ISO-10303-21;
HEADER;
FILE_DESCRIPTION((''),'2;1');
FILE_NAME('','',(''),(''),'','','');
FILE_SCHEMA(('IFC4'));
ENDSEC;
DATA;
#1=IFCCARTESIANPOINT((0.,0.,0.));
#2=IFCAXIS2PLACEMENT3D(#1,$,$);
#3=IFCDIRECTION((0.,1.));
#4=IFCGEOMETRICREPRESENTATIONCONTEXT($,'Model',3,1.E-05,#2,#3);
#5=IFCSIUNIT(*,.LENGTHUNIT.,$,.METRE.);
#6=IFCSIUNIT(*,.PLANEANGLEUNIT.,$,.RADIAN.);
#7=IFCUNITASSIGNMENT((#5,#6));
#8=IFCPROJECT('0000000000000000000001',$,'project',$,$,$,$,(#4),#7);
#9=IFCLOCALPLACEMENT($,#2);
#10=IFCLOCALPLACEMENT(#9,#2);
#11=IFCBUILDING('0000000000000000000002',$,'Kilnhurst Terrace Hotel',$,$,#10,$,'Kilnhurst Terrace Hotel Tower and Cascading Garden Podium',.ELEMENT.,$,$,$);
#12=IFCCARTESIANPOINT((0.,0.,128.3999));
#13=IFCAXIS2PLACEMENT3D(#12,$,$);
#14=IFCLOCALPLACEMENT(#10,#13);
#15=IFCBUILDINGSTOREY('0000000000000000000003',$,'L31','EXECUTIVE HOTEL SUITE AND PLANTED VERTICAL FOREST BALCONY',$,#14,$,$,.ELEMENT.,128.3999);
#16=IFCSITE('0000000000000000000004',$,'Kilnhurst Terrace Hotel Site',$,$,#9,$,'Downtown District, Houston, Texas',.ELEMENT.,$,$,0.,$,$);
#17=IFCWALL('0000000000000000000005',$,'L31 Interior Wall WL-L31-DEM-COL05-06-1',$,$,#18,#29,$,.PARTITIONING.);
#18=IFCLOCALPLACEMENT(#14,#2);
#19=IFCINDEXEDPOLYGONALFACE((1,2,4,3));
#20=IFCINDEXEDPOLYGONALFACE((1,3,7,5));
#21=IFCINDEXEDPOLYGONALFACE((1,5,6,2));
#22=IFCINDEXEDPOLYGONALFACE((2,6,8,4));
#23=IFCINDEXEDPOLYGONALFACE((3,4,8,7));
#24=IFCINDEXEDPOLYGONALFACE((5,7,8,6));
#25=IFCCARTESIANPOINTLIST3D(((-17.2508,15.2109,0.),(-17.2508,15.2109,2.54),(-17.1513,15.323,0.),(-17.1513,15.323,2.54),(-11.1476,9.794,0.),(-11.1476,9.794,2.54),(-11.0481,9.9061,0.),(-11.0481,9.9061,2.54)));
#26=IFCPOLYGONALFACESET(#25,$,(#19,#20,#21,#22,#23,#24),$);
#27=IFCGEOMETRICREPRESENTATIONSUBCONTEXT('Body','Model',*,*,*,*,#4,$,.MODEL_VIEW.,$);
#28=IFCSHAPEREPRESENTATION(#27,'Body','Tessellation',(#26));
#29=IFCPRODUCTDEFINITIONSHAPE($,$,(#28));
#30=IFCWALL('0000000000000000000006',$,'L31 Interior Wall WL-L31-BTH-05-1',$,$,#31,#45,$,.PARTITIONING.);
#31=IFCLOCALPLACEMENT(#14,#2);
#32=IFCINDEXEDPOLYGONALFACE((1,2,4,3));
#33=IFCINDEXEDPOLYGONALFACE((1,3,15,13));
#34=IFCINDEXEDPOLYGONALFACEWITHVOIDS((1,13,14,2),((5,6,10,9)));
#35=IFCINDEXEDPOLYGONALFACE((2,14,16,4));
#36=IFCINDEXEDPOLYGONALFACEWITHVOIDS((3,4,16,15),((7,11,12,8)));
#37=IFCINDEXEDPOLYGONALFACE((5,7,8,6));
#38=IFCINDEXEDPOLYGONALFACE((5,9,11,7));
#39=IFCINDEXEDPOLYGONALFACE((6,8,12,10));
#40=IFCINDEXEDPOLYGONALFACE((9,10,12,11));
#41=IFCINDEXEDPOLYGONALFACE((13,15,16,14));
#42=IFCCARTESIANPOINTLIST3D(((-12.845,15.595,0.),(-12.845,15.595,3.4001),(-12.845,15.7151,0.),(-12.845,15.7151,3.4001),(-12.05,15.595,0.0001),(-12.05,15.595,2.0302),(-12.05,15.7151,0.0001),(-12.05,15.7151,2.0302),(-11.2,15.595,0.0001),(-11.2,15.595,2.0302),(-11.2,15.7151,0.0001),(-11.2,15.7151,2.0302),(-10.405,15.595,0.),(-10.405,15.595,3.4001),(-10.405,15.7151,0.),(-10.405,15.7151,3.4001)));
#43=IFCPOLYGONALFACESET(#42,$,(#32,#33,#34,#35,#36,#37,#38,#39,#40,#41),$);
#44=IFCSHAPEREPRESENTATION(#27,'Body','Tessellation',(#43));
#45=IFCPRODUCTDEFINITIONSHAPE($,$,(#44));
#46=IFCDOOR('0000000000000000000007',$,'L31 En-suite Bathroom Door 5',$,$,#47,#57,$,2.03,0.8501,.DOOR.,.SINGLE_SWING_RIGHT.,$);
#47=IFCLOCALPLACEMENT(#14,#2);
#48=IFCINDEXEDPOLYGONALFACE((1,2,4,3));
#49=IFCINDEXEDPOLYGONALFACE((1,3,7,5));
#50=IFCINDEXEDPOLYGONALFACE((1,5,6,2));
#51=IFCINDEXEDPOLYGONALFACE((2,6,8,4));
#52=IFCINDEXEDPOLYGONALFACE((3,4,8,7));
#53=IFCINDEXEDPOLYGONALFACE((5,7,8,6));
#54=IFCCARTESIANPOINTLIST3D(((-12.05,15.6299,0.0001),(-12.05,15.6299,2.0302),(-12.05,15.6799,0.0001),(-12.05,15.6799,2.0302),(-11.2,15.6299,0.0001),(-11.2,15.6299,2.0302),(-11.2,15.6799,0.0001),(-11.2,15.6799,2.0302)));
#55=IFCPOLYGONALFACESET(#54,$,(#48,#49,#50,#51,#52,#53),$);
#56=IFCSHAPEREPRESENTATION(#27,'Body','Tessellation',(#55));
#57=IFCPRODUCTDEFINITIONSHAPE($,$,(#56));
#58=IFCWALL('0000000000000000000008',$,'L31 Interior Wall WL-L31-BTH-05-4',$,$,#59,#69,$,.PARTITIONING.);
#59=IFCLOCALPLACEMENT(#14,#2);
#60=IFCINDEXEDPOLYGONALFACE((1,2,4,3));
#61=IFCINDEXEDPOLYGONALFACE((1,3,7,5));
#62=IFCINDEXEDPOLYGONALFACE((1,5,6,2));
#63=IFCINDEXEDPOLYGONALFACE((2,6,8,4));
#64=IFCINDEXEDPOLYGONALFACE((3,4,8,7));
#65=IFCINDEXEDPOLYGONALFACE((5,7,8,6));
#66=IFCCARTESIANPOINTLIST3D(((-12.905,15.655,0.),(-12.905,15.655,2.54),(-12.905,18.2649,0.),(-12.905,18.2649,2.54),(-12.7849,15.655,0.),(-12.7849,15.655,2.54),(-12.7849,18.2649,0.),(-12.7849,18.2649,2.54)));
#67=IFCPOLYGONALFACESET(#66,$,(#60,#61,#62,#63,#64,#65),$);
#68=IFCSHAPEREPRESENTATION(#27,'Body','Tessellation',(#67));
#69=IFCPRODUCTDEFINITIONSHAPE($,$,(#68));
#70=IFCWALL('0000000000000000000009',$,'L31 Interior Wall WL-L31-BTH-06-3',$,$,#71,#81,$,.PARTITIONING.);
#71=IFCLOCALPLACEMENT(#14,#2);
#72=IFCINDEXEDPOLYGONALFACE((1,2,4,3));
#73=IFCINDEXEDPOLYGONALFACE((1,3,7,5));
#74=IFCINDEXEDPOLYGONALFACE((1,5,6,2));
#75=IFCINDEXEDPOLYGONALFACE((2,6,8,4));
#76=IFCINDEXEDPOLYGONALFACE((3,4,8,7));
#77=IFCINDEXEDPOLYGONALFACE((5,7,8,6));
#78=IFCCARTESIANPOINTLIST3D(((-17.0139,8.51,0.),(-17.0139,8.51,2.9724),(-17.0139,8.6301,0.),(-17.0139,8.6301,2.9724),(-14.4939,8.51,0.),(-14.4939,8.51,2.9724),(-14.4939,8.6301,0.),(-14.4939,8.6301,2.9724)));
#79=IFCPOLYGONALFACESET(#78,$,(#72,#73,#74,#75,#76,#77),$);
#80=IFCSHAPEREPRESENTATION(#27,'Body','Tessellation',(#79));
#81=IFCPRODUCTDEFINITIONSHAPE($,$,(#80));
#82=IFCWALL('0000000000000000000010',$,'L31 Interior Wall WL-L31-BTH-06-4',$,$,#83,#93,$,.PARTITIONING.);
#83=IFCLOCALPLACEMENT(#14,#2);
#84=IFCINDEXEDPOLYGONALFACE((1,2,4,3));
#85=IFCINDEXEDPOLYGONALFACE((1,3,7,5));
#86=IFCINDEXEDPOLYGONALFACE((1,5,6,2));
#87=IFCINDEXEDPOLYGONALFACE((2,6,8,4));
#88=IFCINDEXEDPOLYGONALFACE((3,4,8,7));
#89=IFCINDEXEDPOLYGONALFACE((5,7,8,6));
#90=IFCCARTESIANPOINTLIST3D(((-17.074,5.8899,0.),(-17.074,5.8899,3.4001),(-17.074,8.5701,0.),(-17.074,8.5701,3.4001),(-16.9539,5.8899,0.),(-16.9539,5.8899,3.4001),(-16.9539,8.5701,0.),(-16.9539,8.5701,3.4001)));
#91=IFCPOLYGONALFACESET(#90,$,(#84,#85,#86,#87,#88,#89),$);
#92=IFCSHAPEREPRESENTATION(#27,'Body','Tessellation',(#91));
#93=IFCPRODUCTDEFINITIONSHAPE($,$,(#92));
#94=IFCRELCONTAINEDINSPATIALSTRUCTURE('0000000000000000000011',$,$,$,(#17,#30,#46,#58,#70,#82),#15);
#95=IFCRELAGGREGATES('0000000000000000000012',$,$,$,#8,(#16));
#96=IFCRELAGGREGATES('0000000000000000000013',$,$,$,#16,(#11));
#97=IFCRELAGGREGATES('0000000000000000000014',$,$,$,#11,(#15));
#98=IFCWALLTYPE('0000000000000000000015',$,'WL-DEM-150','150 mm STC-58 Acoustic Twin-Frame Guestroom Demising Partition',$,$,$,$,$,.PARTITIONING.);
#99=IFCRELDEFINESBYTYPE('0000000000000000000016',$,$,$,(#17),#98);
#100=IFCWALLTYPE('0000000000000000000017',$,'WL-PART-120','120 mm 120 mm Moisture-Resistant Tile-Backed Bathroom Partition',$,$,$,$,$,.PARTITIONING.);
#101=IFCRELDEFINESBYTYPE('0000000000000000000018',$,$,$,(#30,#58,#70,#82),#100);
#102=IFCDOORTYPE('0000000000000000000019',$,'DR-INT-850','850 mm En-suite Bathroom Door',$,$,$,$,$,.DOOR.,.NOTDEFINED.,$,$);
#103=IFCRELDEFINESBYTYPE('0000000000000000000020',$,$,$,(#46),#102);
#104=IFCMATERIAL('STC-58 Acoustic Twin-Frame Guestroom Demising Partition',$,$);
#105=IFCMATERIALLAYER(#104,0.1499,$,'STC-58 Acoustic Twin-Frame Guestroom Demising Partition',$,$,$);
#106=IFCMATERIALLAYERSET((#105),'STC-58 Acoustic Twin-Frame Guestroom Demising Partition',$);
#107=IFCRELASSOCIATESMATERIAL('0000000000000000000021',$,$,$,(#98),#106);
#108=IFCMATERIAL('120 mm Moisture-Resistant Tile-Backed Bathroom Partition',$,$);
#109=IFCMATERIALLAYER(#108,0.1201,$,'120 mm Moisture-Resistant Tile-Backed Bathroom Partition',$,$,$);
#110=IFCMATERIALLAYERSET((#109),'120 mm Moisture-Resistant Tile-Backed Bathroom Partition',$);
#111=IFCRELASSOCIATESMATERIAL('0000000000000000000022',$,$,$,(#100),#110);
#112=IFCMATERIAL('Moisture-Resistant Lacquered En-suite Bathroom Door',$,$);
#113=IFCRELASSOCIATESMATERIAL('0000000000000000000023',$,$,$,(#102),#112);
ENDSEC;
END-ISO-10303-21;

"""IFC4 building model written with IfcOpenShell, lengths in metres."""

from ifc_helpers import new_model, si_unit, direction, frame, frame_2d, origin, place, context, subcontext, project, spatial, rectangle, extrude, material, layer, layer_set, type_object, element, fill, save


model = new_model("IFC4")

# Units and contexts
model_context = context("Model", 3, precision=1e-05, world=origin(), true_north=direction((0.0, 1.0)))
body_context = subcontext(model_context, "Body", "Model", "MODEL_VIEW")
ifc_project = project(units=[si_unit("LENGTHUNIT", "METRE"), si_unit("PLANEANGLEUNIT", "RADIAN")], contexts=[model_context])

# Site, building, storey
site_placement = place(None, origin())
site = spatial("IfcSite", under=ifc_project, at=site_placement, Name="Kilnhurst Terrace Hotel Site", LongName="Downtown District, Houston, Texas", CompositionType="ELEMENT", RefElevation=0.0)
building_placement = place(site_placement, origin())
building = spatial("IfcBuilding", under=site, at=building_placement, Name="Kilnhurst Terrace Hotel", LongName="Kilnhurst Terrace Hotel Tower and Cascading Garden Podium", CompositionType="ELEMENT")
storey_placement = place(building_placement, frame((0.0, 0.0, 128.3999)))
storey = spatial("IfcBuildingStorey", under=building, at=storey_placement, Name="L31", Description="EXECUTIVE HOTEL SUITE AND PLANTED VERTICAL FOREST BALCONY", CompositionType="ELEMENT", Elevation=128.3999)

# Wall
ifc_material_1 = material(Name="STC-58 Acoustic Twin-Frame Guestroom Demising Partition")
ifc_layer_1 = layer(ifc_material_1, 0.1499, Name="STC-58 Acoustic Twin-Frame Guestroom Demising Partition")
ifc_layer_set_1 = layer_set([ifc_layer_1], Name="STC-58 Acoustic Twin-Frame Guestroom Demising Partition")
wall_type_1 = type_object("IfcWallType", Name="WL-DEM-150", Description="150 mm STC-58 Acoustic Twin-Frame Guestroom Demising Partition", PredefinedType="PARTITIONING", material=ifc_layer_set_1)
wall_1_placement = place(storey_placement, frame((-11.0979, 9.8501, 0.0), z_axis=(0.0, 0.0, 1.0), x_axis=(-0.747904, 0.663807, 0.0)))
element("IfcWall", 1, at=wall_1_placement, inside=storey, type_object=wall_type_1, Name="L31 Interior Wall WL-L31-DEM-COL05-06-1", PredefinedType="PARTITIONING", context=body_context, shape_type="SweptSolid", body=[
    extrude(rectangle(XDim=8.1604, YDim=0.1499, at=frame_2d((4.0801, 0.0))), origin(), (0.0, 0.0, 1.0), 2.54),
])

# Wall, opening, door
ifc_material_2 = material(Name="120 mm Moisture-Resistant Tile-Backed Bathroom Partition")
ifc_layer_2 = layer(ifc_material_2, 0.1201, Name="120 mm Moisture-Resistant Tile-Backed Bathroom Partition")
ifc_layer_set_2 = layer_set([ifc_layer_2], Name="120 mm Moisture-Resistant Tile-Backed Bathroom Partition")
wall_type_2 = type_object("IfcWallType", Name="WL-PART-120", Description="120 mm 120 mm Moisture-Resistant Tile-Backed Bathroom Partition", PredefinedType="PARTITIONING", material=ifc_layer_set_2)
wall_2_placement = place(storey_placement, frame((-12.845, 15.655, 0.0), z_axis=(0.0, 0.0, 1.0), x_axis=(1.0, 0.0, 0.0)))
wall_2 = element("IfcWall", 2, at=wall_2_placement, inside=storey, type_object=wall_type_2, Name="L31 Interior Wall WL-L31-BTH-05-1", PredefinedType="PARTITIONING", context=body_context, shape_type="SweptSolid", body=[
    extrude(rectangle(XDim=2.4399, YDim=0.1201, at=frame_2d((1.22, 0.0))), origin(), (0.0, 0.0, 1.0), 3.4001),
])
opening_1_placement = place(wall_2_placement, frame((0.7949, 0.0, 0.0)))
opening_1 = element("IfcOpeningElement", 3, at=opening_1_placement, cuts=wall_2, PredefinedType="OPENING", context=body_context, shape_type="SweptSolid", body=[
    extrude(rectangle(XDim=0.8501, YDim=2.03, at=frame_2d((0.425, 1.0151))), frame((0.0, 0.0701, 0.0), z_axis=(0.0, -1.0, 0.0), x_axis=(1.0, 0.0, 0.0)), (0.0, 0.0, 1.0), 0.1401),
])
ifc_material_3 = material(Name="Moisture-Resistant Lacquered En-suite Bathroom Door")
door_type_1 = type_object("IfcDoorType", Name="DR-INT-850", Description="850 mm En-suite Bathroom Door", OperationType="NOTDEFINED", PredefinedType="DOOR", material=ifc_material_3)
door_1_placement = place(opening_1_placement, origin())
door_1 = element("IfcDoor", 4, at=door_1_placement, inside=storey, type_object=door_type_1, Name="L31 En-suite Bathroom Door 5", OperationType="SINGLE_SWING_RIGHT", OverallHeight=2.03, OverallWidth=0.8501, PredefinedType="DOOR", context=body_context, shape_type="SweptSolid", body=[
    extrude(rectangle(XDim=0.8501, YDim=2.03, at=frame_2d((0.425, 1.0151))), frame((0.0, 0.0249, 0.0), z_axis=(0.0, -1.0, 0.0), x_axis=(1.0, 0.0, 0.0)), (0.0, 0.0, 1.0), 0.05),
])
fill(opening_1, door_1)

# Walls
wall_3_placement = place(storey_placement, frame((-12.845, 18.2649, 0.0), z_axis=(0.0, 0.0, 1.0), x_axis=(0.0, -1.0, 0.0)))
element("IfcWall", 5, at=wall_3_placement, inside=storey, type_object=wall_type_2, Name="L31 Interior Wall WL-L31-BTH-05-4", PredefinedType="PARTITIONING", context=body_context, shape_type="SweptSolid", body=[
    extrude(rectangle(XDim=2.6099, YDim=0.1201, at=frame_2d((1.3049, 0.0))), origin(), (0.0, 0.0, 1.0), 2.54),
])
wall_4_placement = place(storey_placement, frame((-14.4939, 8.5701, 0.0), z_axis=(0.0, 0.0, 1.0), x_axis=(-1.0, 0.0, 0.0)))
element("IfcWall", 6, at=wall_4_placement, inside=storey, type_object=wall_type_2, Name="L31 Interior Wall WL-L31-BTH-06-3", PredefinedType="PARTITIONING", context=body_context, shape_type="SweptSolid", body=[
    extrude(rectangle(XDim=2.52, YDim=0.1201, at=frame_2d((1.26, 0.0))), origin(), (0.0, 0.0, 1.0), 2.9724),
])
wall_5_placement = place(storey_placement, frame((-17.0139, 8.5701, 0.0), z_axis=(0.0, 0.0, 1.0), x_axis=(0.0, -1.0, 0.0)))
element("IfcWall", 7, at=wall_5_placement, inside=storey, type_object=wall_type_2, Name="L31 Interior Wall WL-L31-BTH-06-4", PredefinedType="PARTITIONING", context=body_context, shape_type="SweptSolid", body=[
    extrude(rectangle(XDim=2.6802, YDim=0.1201, at=frame_2d((1.3401, 0.0))), origin(), (0.0, 0.0, 1.0), 3.4001),
])

save(model, "model.ifc")
